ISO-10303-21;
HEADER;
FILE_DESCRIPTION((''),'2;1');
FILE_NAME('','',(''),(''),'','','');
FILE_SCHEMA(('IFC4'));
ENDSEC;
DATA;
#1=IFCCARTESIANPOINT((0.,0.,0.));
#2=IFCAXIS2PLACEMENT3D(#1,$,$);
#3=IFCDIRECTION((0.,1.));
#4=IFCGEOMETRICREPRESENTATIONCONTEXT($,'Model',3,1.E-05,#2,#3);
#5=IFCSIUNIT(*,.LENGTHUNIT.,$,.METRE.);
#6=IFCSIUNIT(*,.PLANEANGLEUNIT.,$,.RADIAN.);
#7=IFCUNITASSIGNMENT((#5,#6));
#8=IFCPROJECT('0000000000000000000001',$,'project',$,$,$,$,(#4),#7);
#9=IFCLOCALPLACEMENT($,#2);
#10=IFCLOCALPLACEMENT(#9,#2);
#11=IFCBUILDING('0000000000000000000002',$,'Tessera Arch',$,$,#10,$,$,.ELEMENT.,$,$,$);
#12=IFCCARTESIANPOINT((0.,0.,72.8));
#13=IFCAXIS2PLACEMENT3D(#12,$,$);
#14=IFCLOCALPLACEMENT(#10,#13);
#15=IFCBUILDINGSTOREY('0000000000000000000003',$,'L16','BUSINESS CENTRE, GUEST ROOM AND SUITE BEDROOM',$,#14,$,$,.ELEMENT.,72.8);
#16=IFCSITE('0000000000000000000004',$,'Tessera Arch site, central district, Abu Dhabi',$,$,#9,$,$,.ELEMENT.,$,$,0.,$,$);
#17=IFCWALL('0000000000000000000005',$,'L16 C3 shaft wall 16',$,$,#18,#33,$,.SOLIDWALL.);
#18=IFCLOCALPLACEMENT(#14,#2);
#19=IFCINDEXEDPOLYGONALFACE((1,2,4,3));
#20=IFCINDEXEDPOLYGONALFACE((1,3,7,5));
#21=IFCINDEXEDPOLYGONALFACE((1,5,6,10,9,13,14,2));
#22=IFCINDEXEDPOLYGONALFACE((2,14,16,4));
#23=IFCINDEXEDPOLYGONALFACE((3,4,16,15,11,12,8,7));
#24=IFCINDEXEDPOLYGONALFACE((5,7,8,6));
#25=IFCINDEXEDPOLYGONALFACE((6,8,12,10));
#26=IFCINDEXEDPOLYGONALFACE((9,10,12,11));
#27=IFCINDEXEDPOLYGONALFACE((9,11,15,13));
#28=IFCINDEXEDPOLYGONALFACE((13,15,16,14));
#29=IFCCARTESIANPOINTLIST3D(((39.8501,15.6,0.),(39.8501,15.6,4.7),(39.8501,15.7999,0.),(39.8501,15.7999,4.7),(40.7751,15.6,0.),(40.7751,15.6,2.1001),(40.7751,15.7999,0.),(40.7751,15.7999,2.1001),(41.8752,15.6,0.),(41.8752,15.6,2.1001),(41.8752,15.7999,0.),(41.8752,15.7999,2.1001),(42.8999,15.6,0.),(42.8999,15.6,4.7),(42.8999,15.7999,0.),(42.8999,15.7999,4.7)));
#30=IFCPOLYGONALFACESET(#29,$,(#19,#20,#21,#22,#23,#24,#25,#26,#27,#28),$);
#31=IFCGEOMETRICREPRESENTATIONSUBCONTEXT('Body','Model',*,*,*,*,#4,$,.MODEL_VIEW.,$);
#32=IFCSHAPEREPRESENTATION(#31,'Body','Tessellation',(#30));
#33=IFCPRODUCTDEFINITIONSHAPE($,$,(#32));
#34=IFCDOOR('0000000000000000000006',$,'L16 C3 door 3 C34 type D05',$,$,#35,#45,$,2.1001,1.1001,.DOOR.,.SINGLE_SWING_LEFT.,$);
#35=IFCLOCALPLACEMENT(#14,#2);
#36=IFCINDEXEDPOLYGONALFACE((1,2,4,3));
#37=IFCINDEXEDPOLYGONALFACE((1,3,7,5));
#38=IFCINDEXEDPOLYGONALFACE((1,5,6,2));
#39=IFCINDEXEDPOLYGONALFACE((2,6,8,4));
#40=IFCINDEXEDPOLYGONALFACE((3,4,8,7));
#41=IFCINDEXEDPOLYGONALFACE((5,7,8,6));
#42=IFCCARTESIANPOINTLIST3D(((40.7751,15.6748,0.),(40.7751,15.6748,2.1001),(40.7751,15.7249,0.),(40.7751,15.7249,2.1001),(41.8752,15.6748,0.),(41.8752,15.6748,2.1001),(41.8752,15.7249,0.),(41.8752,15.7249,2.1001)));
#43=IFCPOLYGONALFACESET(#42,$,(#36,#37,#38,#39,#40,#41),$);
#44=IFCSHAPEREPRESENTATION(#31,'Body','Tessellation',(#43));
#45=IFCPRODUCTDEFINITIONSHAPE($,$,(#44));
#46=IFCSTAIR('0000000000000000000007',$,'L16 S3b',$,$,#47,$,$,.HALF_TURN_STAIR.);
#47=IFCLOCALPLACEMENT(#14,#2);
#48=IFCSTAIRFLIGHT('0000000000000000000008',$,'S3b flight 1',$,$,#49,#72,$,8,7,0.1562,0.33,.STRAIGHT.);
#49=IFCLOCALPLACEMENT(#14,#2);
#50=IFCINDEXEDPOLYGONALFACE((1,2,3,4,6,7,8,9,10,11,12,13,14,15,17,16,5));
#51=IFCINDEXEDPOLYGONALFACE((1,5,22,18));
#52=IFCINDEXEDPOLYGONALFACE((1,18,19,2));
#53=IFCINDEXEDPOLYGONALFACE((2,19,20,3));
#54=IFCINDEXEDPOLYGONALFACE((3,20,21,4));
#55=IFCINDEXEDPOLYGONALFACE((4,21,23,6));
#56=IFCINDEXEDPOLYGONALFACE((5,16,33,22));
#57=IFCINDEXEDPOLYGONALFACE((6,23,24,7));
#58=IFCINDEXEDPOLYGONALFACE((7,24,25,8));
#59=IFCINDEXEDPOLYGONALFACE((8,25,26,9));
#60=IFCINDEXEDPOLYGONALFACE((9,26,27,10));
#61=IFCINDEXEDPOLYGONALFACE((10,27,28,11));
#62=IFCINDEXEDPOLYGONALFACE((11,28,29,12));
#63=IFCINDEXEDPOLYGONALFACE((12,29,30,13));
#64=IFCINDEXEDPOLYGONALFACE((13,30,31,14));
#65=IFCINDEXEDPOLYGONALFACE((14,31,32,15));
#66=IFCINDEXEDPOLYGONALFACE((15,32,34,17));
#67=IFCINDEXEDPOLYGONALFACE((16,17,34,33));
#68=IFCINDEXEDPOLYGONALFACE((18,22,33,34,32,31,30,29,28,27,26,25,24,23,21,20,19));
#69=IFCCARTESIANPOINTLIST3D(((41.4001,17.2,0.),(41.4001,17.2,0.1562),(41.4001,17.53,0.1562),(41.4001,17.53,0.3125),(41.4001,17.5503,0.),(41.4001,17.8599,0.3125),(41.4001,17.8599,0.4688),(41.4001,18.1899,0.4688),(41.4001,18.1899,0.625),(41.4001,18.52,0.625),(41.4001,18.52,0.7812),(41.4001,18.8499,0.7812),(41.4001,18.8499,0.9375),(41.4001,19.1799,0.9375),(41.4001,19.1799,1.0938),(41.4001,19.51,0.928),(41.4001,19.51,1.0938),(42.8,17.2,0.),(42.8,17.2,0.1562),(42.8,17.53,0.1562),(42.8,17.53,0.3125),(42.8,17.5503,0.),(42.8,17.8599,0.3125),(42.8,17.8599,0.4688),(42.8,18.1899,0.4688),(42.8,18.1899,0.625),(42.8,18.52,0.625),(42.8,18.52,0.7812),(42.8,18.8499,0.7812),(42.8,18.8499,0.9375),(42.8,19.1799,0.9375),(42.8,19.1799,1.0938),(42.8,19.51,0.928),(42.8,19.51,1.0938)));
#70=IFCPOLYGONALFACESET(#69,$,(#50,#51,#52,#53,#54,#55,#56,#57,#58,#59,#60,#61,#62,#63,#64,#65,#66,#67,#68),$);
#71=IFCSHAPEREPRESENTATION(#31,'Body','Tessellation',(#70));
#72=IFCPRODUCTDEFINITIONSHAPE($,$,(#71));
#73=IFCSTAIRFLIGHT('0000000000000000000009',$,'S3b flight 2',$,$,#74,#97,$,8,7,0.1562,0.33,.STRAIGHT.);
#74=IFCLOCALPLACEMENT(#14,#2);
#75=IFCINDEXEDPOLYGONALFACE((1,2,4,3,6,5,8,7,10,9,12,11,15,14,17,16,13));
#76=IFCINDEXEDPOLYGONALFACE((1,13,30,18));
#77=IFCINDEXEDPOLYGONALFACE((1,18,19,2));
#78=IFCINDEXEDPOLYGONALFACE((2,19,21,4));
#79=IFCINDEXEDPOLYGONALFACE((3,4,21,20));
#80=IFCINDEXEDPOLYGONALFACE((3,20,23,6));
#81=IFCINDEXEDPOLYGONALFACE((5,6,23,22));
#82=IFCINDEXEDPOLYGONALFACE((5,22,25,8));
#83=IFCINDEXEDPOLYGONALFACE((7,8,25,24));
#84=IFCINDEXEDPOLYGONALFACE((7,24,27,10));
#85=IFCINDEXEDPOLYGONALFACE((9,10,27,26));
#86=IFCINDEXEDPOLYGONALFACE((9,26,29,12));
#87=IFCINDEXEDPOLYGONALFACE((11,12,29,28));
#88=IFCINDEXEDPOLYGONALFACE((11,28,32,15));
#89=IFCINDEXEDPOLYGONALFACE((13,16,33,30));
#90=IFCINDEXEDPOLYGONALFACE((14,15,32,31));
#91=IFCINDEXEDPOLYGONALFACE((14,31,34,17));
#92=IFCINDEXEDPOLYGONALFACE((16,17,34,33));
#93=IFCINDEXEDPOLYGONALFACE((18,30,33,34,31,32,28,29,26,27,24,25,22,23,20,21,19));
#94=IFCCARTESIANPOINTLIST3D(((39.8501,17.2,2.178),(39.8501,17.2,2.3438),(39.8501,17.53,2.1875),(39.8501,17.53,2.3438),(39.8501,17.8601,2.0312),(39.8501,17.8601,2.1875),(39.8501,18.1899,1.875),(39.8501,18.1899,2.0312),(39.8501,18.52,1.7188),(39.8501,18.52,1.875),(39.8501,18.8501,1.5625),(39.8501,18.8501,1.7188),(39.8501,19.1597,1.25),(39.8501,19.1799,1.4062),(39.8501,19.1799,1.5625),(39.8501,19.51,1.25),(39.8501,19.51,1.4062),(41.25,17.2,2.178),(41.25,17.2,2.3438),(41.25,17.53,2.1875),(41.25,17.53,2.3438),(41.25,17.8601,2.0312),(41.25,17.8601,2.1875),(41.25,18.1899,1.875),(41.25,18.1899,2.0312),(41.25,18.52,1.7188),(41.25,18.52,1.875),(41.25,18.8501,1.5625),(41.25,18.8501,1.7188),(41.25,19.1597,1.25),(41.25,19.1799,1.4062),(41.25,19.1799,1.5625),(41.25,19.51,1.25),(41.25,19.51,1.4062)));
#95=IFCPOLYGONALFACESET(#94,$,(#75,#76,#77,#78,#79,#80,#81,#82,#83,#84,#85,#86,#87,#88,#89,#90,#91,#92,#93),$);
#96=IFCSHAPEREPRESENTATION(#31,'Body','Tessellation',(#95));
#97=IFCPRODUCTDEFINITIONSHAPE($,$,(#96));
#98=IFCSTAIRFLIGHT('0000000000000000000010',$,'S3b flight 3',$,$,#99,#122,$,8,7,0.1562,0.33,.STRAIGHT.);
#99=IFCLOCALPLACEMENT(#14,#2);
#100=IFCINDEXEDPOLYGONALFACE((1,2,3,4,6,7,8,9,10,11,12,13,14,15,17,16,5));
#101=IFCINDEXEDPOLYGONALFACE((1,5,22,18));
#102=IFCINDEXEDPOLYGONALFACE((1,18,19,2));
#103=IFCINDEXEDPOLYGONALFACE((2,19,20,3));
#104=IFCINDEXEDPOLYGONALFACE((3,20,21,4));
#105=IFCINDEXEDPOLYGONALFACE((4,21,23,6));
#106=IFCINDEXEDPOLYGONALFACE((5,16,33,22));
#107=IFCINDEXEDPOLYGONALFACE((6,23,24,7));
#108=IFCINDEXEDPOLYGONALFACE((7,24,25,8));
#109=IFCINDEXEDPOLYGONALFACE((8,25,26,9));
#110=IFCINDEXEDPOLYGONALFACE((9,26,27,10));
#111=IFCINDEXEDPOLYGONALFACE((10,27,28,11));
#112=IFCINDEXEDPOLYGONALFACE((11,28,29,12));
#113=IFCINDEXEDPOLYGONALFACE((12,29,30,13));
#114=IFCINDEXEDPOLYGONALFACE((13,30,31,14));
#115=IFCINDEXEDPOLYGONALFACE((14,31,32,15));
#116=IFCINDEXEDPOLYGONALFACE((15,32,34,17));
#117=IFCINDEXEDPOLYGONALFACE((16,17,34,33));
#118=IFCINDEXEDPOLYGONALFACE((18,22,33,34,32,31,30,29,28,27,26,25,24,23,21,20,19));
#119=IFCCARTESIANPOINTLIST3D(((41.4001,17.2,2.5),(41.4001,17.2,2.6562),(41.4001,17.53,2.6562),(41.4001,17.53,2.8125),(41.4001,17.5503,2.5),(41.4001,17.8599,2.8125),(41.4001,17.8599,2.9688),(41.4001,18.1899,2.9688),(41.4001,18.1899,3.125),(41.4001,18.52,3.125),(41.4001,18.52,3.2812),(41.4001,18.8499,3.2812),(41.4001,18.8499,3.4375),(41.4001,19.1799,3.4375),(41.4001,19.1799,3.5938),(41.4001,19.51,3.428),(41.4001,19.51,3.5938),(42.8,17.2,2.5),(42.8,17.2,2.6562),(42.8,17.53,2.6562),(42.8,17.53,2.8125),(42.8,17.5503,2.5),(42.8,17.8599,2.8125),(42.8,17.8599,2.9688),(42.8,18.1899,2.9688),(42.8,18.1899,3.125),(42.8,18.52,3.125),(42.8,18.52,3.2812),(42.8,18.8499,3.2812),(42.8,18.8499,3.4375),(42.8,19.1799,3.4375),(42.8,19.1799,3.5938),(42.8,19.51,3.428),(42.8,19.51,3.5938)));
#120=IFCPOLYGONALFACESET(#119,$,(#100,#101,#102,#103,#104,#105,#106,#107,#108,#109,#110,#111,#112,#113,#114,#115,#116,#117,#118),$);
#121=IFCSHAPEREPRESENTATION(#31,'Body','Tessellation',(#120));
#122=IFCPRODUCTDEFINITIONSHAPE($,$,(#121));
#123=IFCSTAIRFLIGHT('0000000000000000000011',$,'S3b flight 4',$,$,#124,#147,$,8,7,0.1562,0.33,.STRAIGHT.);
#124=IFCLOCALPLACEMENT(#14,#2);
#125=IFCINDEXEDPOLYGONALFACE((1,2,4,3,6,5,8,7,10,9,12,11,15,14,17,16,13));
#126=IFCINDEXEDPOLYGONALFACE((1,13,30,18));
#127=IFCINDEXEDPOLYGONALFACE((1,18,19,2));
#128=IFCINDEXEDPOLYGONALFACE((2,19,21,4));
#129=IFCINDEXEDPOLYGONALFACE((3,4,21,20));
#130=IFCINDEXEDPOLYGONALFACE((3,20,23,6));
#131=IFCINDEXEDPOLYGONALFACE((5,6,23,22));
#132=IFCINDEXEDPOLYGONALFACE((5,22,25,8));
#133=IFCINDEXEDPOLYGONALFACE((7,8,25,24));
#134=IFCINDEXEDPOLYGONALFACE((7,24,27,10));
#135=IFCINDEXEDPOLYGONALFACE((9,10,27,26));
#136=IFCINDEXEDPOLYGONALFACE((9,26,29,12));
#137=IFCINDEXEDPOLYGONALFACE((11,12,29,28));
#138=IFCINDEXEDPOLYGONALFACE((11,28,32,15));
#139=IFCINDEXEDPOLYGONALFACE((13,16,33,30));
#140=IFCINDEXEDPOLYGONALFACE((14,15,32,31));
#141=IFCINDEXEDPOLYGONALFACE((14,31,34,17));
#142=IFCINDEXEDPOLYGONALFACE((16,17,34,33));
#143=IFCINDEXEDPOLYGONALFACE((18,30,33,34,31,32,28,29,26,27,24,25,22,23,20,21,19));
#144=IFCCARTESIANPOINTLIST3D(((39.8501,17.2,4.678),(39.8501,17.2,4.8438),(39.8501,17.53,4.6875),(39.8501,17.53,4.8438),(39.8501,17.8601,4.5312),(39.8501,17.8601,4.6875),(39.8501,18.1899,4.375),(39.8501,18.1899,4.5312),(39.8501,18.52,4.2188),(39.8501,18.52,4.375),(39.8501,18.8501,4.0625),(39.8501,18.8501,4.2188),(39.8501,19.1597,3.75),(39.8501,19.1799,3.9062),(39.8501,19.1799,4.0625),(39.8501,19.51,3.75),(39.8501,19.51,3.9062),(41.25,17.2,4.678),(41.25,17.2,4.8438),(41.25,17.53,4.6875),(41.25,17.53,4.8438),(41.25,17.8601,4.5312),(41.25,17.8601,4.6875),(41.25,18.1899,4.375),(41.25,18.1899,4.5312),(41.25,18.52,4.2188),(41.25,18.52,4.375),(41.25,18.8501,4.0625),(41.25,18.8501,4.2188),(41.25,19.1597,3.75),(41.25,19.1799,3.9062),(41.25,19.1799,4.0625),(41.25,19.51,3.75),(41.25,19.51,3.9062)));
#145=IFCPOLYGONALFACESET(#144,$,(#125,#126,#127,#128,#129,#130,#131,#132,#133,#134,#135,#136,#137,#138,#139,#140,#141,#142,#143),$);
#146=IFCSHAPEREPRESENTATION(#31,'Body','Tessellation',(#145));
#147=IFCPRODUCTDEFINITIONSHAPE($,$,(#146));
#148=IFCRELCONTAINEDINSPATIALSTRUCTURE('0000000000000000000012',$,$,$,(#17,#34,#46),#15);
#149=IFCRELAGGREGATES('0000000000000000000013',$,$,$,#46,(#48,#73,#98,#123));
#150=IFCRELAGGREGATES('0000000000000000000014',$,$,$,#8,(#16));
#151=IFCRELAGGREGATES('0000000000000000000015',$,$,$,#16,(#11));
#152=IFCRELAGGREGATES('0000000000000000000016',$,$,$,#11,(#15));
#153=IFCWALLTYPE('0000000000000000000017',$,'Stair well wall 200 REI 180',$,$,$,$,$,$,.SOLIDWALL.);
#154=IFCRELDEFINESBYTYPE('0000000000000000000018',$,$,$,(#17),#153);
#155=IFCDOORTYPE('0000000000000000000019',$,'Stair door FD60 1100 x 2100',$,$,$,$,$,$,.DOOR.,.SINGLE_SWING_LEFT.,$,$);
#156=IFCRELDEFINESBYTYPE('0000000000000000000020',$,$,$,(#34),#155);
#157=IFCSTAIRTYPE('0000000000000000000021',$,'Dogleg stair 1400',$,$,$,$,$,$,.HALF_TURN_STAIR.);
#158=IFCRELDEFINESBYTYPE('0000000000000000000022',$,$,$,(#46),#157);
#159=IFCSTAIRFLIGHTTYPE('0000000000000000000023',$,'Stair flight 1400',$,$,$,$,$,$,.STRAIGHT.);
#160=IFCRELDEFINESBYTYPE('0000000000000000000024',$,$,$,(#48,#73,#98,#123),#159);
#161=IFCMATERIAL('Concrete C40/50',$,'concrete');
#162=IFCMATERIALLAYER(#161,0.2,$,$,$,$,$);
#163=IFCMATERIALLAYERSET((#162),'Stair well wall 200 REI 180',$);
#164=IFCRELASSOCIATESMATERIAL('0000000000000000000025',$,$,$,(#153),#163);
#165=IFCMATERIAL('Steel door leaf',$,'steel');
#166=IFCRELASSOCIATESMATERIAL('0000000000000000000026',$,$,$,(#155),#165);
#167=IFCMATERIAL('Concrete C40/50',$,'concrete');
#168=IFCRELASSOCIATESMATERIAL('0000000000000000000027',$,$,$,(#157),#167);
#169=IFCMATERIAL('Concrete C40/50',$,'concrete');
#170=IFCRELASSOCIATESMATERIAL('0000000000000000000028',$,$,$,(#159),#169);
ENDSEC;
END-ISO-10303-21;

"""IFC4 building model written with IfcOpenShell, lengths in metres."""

from ifc_helpers import new_model, si_unit, direction, frame, frame_2d, origin, place, context, subcontext, project, spatial, polyline, rectangle, outline, extrude, material, layer, layer_set, type_object, element, fill, aggregate, save


model = new_model("IFC4")

# Units and contexts
model_context = context("Model", 3, precision=1e-05, world=origin(), true_north=direction((0.0, 1.0)))
body_context = subcontext(model_context, "Body", "Model", "MODEL_VIEW")
ifc_project = project(units=[si_unit("LENGTHUNIT", "METRE"), si_unit("PLANEANGLEUNIT", "RADIAN")], contexts=[model_context])

# Site, building, storey
site_placement = place(None, origin())
site = spatial("IfcSite", under=ifc_project, at=site_placement, Name="Tessera Arch site, central district, Abu Dhabi", CompositionType="ELEMENT", RefElevation=0.0)
building_placement = place(site_placement, origin())
building = spatial("IfcBuilding", under=site, at=building_placement, Name="Tessera Arch", CompositionType="ELEMENT")
storey_placement = place(building_placement, frame((0.0, 0.0, 72.8)))
storey = spatial("IfcBuildingStorey", under=building, at=storey_placement, Name="L16", Description="BUSINESS CENTRE, GUEST ROOM AND SUITE BEDROOM", CompositionType="ELEMENT", Elevation=72.8)

# Shared definitions
ifc_material_1 = material(Name="Concrete C40/50", Category="concrete")
ifc_layer_1 = layer(ifc_material_1, 0.2)
ifc_layer_set_1 = layer_set([ifc_layer_1], Name="Stair well wall 200 REI 180")
wall_type_1 = type_object("IfcWallType", Name="Stair well wall 200 REI 180", PredefinedType="SOLIDWALL", material=ifc_layer_set_1)

# Wall, opening, door
wall_1_placement = place(storey_placement, frame((39.8501, 15.7, 0.0), z_axis=(0.0, 0.0, 1.0), x_axis=(1.0, 0.0, 0.0)))
wall_1 = element("IfcWall", 1, at=wall_1_placement, inside=storey, type_object=wall_type_1, Name="L16 C3 shaft wall 16", PredefinedType="SOLIDWALL", context=body_context, shape_type="SweptSolid", body=[
    extrude(rectangle(XDim=3.0498, YDim=0.2, at=frame_2d((1.5249, 0.0))), origin(), (0.0, 0.0, 1.0), 4.7),
])
opening_1_placement = place(wall_1_placement, frame((0.925, 0.0, 0.0)))
opening_1 = element("IfcOpeningElement", 2, at=opening_1_placement, cuts=wall_1, PredefinedType="OPENING", context=body_context, shape_type="SweptSolid", body=[
    extrude(rectangle(XDim=1.1001, YDim=2.1001, at=frame_2d((0.55, 1.05))), frame((0.0, 0.1099, 0.0), z_axis=(0.0, -1.0, 0.0), x_axis=(1.0, 0.0, 0.0)), (0.0, 0.0, 1.0), 0.22),
])
ifc_material_2 = material(Name="Steel door leaf", Category="steel")
door_type_1 = type_object("IfcDoorType", Name="Stair door FD60 1100 x 2100", OperationType="SINGLE_SWING_LEFT", PredefinedType="DOOR", material=ifc_material_2)
door_1_placement = place(opening_1_placement, origin())
door_1 = element("IfcDoor", 3, at=door_1_placement, inside=storey, type_object=door_type_1, Name="L16 C3 door 3 C34 type D05", OperationType="SINGLE_SWING_LEFT", OverallHeight=2.1001, OverallWidth=1.1001, PredefinedType="DOOR", context=body_context, shape_type="SweptSolid", body=[
    extrude(rectangle(XDim=1.1001, YDim=2.1001, at=frame_2d((0.55, 1.05))), frame((0.0, 0.0249, 0.0), z_axis=(0.0, -1.0, 0.0), x_axis=(1.0, 0.0, 0.0)), (0.0, 0.0, 1.0), 0.05),
])
fill(opening_1, door_1)

# Stair, stair flights
ifc_material_3 = material(Name="Concrete C40/50", Category="concrete")
stair_type = type_object("IfcStairType", Name="Dogleg stair 1400", PredefinedType="HALF_TURN_STAIR", material=ifc_material_3)
stair_placement = place(storey_placement, origin())
stair = element("IfcStair", 4, at=stair_placement, inside=storey, type_object=stair_type, Name="L16 S3b", PredefinedType="HALF_TURN_STAIR")
ifc_material_4 = material(Name="Concrete C40/50", Category="concrete")
stair_flight_type = type_object("IfcStairFlightType", Name="Stair flight 1400", PredefinedType="STRAIGHT", material=ifc_material_4)
stair_flight_1_placement = place(storey_placement, frame((42.1001, 17.2, 0.0), z_axis=(0.0, 0.0, 1.0), x_axis=(0.0, 1.0, 0.0)))
stair_flight_1 = element("IfcStairFlight", 5, at=stair_flight_1_placement, type_object=stair_flight_type, Name="S3b flight 1", NumberOfRisers=8, NumberOfTreads=7, PredefinedType="STRAIGHT", RiserHeight=0.1562, TreadLength=0.33, context=body_context, shape_type="SweptSolid", body=[
    extrude(outline(polyline([(0.0, 0.0), (0.0, 0.1562), (0.3301, 0.1562), (0.3301, 0.3125), (0.6599, 0.3125), (0.6599, 0.4688), (0.99, 0.4688), (0.99, 0.625), (1.3201, 0.625), (1.3201, 0.7812), (1.6499, 0.7812), (1.6499, 0.9375), (1.98, 0.9375), (1.98, 1.0938), (2.3101, 1.0938), (2.3101, 1.25), (2.3101, 0.928), (0.3503, 0.0), (0.0, 0.0)])), frame((0.0, 0.7, 0.0), z_axis=(0.0, -1.0, 0.0), x_axis=(1.0, 0.0, 0.0)), (0.0, 0.0, 1.0), 1.3999),
])
stair_flight_2_placement = place(storey_placement, frame((40.55, 19.51, 1.25), z_axis=(0.0, 0.0, 1.0), x_axis=(0.0, -1.0, 0.0)))
stair_flight_2 = element("IfcStairFlight", 6, at=stair_flight_2_placement, type_object=stair_flight_type, Name="S3b flight 2", NumberOfRisers=8, NumberOfTreads=7, PredefinedType="STRAIGHT", RiserHeight=0.1562, TreadLength=0.33, context=body_context, shape_type="SweptSolid", body=[
    extrude(outline(polyline([(0.0, 0.0), (0.0, 0.1562), (0.3301, 0.1562), (0.3301, 0.3125), (0.6599, 0.3125), (0.6599, 0.4688), (0.99, 0.4688), (0.99, 0.625), (1.3201, 0.625), (1.3201, 0.7812), (1.6499, 0.7812), (1.6499, 0.9375), (1.98, 0.9375), (1.98, 1.0938), (2.3101, 1.0938), (2.3101, 1.25), (2.3101, 0.928), (0.3503, 0.0), (0.0, 0.0)])), frame((0.0, 0.7, 0.0), z_axis=(0.0, -1.0, 0.0), x_axis=(1.0, 0.0, 0.0)), (0.0, 0.0, 1.0), 1.3999),
])
stair_flight_3_placement = place(storey_placement, frame((42.1001, 17.2, 2.5), z_axis=(0.0, 0.0, 1.0), x_axis=(0.0, 1.0, 0.0)))
stair_flight_3 = element("IfcStairFlight", 7, at=stair_flight_3_placement, type_object=stair_flight_type, Name="S3b flight 3", NumberOfRisers=8, NumberOfTreads=7, PredefinedType="STRAIGHT", RiserHeight=0.1562, TreadLength=0.33, context=body_context, shape_type="SweptSolid", body=[
    extrude(outline(polyline([(0.0, 0.0), (0.0, 0.1562), (0.3301, 0.1562), (0.3301, 0.3125), (0.6599, 0.3125), (0.6599, 0.4688), (0.99, 0.4688), (0.99, 0.625), (1.3201, 0.625), (1.3201, 0.7812), (1.6499, 0.7812), (1.6499, 0.9375), (1.98, 0.9375), (1.98, 1.0938), (2.3101, 1.0938), (2.3101, 1.25), (2.3101, 0.928), (0.3503, 0.0), (0.0, 0.0)])), frame((0.0, 0.7, 0.0), z_axis=(0.0, -1.0, 0.0), x_axis=(1.0, 0.0, 0.0)), (0.0, 0.0, 1.0), 1.3999),
])
stair_flight_4_placement = place(storey_placement, frame((40.55, 19.51, 3.75), z_axis=(0.0, 0.0, 1.0), x_axis=(0.0, -1.0, 0.0)))
stair_flight_4 = element("IfcStairFlight", 8, at=stair_flight_4_placement, type_object=stair_flight_type, Name="S3b flight 4", NumberOfRisers=8, NumberOfTreads=7, PredefinedType="STRAIGHT", RiserHeight=0.1562, TreadLength=0.33, context=body_context, shape_type="SweptSolid", body=[
    extrude(outline(polyline([(0.0, 0.0), (0.0, 0.1562), (0.3301, 0.1562), (0.3301, 0.3125), (0.6599, 0.3125), (0.6599, 0.4688), (0.99, 0.4688), (0.99, 0.625), (1.3201, 0.625), (1.3201, 0.7812), (1.6499, 0.7812), (1.6499, 0.9375), (1.98, 0.9375), (1.98, 1.0938), (2.3101, 1.0938), (2.3101, 1.25), (2.3101, 0.928), (0.3503, 0.0), (0.0, 0.0)])), frame((0.0, 0.7, 0.0), z_axis=(0.0, -1.0, 0.0), x_axis=(1.0, 0.0, 0.0)), (0.0, 0.0, 1.0), 1.3999),
])
aggregate(stair, [stair_flight_1, stair_flight_2, stair_flight_3, stair_flight_4])

save(model, "model.ifc")
